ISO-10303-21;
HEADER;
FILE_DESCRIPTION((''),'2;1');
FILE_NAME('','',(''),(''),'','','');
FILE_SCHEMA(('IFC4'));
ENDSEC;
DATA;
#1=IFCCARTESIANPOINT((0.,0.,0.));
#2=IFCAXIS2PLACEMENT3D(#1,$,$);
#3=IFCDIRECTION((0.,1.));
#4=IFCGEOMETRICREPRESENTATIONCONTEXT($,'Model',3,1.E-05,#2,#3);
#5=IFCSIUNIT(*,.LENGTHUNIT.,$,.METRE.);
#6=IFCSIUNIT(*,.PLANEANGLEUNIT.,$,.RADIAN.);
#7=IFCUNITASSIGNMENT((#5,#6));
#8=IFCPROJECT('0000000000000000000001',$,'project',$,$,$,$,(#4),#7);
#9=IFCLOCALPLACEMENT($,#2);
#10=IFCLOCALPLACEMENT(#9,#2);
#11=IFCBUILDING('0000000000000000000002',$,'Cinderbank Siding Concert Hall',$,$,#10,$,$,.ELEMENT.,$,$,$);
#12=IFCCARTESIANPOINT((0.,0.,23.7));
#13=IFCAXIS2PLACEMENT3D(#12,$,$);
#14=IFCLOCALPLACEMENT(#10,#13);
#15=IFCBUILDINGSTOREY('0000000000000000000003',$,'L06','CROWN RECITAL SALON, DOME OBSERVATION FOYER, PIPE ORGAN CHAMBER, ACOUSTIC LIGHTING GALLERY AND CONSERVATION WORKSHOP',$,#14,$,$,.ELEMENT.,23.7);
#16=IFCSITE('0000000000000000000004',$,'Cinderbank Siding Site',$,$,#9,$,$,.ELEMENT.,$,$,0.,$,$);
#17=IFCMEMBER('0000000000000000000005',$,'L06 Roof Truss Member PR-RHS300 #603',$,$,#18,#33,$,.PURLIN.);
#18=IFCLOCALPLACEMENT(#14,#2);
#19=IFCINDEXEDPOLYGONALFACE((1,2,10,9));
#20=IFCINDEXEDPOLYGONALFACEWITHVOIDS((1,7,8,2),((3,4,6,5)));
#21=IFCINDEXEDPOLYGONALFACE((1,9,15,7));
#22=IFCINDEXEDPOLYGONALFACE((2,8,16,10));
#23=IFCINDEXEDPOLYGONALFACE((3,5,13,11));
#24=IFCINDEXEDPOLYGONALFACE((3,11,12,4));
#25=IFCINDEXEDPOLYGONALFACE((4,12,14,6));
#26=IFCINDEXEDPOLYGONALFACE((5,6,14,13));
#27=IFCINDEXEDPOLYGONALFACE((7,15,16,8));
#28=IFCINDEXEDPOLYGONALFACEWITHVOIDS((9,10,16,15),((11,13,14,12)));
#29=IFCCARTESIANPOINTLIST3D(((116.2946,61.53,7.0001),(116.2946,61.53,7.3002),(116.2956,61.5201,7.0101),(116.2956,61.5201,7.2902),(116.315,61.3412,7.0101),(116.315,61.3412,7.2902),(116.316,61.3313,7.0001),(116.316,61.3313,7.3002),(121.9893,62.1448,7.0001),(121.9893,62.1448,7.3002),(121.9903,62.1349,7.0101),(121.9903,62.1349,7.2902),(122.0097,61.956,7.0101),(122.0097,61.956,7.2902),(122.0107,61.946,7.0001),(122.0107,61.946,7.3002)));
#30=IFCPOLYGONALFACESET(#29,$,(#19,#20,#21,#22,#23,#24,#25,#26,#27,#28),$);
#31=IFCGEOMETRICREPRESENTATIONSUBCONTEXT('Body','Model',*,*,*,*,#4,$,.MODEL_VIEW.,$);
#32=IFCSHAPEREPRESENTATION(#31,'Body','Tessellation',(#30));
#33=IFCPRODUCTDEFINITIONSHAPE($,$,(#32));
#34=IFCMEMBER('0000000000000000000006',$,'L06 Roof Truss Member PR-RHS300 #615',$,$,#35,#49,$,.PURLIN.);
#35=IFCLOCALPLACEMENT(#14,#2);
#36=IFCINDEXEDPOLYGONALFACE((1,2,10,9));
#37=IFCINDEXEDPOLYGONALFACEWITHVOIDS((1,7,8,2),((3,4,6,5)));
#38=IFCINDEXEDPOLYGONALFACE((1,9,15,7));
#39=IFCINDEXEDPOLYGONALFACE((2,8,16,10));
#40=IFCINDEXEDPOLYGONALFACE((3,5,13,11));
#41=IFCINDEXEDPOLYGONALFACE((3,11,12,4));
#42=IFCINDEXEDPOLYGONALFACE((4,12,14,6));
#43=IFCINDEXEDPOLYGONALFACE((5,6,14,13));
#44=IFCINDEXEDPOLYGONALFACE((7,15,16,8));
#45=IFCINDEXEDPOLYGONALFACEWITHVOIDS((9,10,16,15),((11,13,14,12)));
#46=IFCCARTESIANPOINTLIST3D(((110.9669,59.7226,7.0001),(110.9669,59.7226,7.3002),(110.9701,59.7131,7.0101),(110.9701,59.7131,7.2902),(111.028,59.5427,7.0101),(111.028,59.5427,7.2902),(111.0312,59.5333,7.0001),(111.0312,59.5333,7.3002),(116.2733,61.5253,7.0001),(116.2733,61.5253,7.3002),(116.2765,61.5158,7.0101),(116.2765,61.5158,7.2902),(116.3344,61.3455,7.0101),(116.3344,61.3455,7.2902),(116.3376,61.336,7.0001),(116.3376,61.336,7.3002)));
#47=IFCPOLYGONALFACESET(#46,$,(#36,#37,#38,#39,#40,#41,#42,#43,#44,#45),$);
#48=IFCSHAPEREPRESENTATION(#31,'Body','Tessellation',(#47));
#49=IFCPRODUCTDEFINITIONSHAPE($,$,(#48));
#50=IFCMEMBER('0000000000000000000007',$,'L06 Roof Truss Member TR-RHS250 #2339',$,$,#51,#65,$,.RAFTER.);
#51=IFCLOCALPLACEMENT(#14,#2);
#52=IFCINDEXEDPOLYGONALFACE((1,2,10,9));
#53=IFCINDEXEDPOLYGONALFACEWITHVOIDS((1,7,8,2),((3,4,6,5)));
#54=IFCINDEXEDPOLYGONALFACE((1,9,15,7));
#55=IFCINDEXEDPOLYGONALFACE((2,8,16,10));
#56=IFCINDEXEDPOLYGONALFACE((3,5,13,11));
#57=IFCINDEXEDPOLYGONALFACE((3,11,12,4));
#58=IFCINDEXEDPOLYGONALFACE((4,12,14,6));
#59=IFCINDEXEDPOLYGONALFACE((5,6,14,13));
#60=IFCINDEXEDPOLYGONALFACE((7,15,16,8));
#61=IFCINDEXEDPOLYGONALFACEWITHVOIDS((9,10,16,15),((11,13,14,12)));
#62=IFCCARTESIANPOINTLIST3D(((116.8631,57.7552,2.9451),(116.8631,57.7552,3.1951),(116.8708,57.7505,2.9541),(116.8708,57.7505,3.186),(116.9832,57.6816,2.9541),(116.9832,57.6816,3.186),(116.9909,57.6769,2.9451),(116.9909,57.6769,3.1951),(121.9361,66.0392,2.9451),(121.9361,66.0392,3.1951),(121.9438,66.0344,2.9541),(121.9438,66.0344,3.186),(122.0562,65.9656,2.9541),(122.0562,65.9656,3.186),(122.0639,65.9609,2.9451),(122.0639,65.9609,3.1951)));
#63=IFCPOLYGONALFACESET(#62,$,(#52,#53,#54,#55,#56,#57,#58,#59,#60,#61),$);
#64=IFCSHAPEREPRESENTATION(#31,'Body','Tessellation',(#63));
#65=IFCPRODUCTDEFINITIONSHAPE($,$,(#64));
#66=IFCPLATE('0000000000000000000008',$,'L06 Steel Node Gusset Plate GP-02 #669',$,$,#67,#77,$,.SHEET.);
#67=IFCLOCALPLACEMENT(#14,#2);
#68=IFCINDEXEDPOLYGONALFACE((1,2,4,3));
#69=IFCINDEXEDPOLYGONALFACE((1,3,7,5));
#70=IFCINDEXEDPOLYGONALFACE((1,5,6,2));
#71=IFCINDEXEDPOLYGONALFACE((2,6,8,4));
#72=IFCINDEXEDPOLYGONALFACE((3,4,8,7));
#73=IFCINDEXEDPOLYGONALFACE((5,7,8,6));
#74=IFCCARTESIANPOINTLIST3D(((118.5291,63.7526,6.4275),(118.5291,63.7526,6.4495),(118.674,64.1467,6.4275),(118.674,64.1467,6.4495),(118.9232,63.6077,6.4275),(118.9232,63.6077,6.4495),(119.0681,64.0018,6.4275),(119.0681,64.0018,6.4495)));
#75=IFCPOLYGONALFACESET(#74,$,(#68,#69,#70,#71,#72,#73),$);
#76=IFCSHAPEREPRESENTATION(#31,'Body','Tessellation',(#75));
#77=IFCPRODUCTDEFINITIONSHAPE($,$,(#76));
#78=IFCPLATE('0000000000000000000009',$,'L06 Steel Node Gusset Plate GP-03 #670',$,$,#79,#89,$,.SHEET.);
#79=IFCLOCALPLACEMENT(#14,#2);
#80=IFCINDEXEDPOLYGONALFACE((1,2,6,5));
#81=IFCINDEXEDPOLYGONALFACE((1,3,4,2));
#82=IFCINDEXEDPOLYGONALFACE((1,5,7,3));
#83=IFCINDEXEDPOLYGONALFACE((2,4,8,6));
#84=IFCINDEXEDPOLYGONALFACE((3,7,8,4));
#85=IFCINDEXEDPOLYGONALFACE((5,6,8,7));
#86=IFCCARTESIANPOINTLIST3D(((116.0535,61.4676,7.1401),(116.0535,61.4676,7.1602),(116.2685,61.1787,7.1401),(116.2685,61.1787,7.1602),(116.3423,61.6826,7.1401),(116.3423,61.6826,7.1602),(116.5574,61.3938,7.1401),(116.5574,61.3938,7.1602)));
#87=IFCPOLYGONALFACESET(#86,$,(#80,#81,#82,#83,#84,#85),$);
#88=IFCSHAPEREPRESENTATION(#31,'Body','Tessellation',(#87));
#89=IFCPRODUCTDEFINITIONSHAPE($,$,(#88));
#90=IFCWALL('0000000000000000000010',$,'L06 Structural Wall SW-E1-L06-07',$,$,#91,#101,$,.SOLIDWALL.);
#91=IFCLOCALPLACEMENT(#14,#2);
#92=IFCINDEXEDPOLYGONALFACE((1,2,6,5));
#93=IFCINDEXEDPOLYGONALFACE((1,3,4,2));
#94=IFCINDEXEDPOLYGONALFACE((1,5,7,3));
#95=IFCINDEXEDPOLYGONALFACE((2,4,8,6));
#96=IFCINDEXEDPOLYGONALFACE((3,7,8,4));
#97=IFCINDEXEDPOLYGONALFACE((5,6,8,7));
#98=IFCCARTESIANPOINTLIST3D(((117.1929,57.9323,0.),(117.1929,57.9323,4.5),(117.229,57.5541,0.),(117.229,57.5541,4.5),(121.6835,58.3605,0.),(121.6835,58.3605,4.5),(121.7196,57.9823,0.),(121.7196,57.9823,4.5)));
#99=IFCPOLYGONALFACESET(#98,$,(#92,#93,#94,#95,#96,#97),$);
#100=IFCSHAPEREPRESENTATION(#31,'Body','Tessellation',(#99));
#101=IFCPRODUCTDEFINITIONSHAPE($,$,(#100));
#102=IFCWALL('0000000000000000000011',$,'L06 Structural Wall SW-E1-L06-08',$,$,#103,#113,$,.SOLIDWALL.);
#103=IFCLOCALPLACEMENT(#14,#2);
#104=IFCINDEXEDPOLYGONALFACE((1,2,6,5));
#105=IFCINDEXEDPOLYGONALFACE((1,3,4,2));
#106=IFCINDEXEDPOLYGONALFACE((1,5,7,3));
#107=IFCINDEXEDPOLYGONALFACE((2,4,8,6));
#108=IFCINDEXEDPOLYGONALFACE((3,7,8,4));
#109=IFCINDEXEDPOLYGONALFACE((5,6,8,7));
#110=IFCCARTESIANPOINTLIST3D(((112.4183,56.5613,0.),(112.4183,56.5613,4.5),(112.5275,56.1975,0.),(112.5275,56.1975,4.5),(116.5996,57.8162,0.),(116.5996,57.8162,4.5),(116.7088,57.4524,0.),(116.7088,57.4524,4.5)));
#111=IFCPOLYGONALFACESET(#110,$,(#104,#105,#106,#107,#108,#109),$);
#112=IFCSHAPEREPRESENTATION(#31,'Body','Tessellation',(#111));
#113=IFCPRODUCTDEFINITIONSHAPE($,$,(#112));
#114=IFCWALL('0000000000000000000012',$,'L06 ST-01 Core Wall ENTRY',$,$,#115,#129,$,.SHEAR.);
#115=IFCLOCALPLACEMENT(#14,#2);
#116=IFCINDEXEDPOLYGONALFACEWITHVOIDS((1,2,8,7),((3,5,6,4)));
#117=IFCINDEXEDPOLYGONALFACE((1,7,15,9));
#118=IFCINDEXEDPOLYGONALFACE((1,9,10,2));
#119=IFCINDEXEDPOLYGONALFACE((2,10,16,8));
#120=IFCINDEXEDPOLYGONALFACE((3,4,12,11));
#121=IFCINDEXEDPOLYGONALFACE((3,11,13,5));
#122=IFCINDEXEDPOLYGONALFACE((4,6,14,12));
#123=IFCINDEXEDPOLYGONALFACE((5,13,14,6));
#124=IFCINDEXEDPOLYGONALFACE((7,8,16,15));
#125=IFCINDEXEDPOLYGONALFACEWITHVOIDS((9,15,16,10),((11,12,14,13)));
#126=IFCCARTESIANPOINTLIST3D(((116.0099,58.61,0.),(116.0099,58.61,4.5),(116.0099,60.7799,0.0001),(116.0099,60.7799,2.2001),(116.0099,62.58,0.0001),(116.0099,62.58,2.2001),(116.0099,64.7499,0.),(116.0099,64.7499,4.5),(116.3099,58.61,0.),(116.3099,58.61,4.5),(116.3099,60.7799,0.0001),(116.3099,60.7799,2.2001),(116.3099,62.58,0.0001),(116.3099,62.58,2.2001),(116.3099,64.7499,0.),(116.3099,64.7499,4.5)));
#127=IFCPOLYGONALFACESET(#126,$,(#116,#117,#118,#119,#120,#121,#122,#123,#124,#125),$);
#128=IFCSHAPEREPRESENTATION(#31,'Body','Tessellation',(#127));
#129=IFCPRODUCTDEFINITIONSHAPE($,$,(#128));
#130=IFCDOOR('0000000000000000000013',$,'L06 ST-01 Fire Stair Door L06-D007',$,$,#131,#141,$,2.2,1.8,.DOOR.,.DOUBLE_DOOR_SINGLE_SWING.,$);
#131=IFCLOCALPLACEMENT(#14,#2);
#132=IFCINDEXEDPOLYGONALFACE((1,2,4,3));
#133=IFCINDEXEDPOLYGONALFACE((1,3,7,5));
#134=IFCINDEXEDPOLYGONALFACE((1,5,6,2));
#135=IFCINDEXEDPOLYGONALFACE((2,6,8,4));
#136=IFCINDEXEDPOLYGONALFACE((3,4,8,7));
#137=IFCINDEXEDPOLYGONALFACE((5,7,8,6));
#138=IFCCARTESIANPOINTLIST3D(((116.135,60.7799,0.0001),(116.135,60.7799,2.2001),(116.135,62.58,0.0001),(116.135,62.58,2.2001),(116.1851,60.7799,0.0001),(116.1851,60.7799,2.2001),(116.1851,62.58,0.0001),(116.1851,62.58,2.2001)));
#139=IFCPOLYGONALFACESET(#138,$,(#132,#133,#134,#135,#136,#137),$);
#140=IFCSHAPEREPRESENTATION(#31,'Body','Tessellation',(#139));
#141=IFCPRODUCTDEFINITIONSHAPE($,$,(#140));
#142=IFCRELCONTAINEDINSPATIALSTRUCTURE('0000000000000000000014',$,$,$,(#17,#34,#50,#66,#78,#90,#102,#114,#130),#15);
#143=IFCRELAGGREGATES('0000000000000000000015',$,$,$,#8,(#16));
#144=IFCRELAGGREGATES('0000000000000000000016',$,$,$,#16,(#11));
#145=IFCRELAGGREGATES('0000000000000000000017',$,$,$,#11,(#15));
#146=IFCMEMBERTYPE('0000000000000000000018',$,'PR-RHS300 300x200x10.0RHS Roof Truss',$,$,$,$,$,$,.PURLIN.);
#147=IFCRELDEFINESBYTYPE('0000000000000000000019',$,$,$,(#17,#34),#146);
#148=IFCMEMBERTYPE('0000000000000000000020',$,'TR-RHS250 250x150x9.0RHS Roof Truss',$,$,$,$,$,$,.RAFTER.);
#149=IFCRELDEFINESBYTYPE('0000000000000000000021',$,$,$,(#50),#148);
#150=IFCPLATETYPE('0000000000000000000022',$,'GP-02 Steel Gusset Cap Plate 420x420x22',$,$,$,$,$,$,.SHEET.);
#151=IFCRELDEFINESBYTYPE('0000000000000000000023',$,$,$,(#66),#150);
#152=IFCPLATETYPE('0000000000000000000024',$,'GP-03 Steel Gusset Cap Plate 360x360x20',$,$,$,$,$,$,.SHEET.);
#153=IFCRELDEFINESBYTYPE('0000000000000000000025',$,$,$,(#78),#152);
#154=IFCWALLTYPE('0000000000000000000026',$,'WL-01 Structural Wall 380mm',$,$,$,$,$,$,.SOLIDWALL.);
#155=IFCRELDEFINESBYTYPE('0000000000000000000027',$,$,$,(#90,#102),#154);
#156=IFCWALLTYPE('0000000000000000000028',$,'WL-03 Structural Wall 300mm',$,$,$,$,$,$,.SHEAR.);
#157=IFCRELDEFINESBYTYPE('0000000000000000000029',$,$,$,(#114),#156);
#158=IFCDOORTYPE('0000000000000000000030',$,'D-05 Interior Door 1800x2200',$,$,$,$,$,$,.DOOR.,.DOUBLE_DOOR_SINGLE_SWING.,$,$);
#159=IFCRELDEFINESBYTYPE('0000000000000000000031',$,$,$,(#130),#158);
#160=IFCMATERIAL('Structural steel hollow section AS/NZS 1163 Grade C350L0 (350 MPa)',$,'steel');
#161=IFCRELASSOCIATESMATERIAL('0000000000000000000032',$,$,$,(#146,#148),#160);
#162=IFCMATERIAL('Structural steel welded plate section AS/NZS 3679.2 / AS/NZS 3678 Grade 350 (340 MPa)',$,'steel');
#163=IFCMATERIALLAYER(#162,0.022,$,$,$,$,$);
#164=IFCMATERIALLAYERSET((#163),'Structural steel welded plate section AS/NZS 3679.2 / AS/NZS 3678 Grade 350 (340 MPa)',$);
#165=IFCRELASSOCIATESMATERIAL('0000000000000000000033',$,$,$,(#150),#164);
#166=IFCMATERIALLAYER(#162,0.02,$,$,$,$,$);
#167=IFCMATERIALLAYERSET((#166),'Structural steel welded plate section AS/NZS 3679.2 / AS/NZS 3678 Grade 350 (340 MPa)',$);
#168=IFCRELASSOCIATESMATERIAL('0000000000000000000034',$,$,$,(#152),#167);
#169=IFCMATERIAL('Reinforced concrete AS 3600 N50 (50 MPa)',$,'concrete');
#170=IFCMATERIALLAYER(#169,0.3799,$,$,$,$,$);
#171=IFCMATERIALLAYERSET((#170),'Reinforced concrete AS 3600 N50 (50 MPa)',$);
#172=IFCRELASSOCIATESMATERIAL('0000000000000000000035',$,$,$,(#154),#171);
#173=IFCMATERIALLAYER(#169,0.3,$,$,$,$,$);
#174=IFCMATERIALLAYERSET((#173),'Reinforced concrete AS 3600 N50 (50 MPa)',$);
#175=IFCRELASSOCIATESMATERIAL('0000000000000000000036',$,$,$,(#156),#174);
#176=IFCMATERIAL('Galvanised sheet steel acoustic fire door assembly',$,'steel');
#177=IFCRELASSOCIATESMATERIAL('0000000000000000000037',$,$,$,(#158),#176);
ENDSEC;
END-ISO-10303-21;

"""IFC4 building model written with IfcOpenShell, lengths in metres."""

from ifc_helpers import new_model, si_unit, direction, frame, frame_2d, origin, origin_2d, place, context, subcontext, project, spatial, rectangle, hollow_rectangle, extrude, material, layer, layer_set, material_profile, profile_set, type_object, element, fill, save


model = new_model("IFC4")

# Units and contexts
model_context = context("Model", 3, precision=1e-05, world=origin(), true_north=direction((0.0, 1.0)))
body_context = subcontext(model_context, "Body", "Model", "MODEL_VIEW")
ifc_project = project(units=[si_unit("LENGTHUNIT", "METRE"), si_unit("PLANEANGLEUNIT", "RADIAN")], contexts=[model_context])

# Site, building, storey
site_placement = place(None, origin())
site = spatial("IfcSite", under=ifc_project, at=site_placement, Name="Cinderbank Siding Site", CompositionType="ELEMENT", RefElevation=0.0)
building_placement = place(site_placement, origin())
building = spatial("IfcBuilding", under=site, at=building_placement, Name="Cinderbank Siding Concert Hall", CompositionType="ELEMENT")
storey_placement = place(building_placement, frame((0.0, 0.0, 23.7)))
storey = spatial("IfcBuildingStorey", under=building, at=storey_placement, Name="L06", Description="CROWN RECITAL SALON, DOME OBSERVATION FOYER, PIPE ORGAN CHAMBER, ACOUSTIC LIGHTING GALLERY AND CONSERVATION WORKSHOP", CompositionType="ELEMENT", Elevation=23.7)

# Shared definitions
ifc_material_1 = material(Name="Reinforced concrete AS 3600 N50 (50 MPa)", Category="concrete")

# Shared definitions
ifc_material_2 = material(Name="Structural steel welded plate section AS/NZS 3679.2 / AS/NZS 3678 Grade 350 (340 MPa)", Category="steel")

# Members
ifc_material_3 = material(Name="Structural steel hollow section AS/NZS 1163 Grade C350L0 (350 MPa)", Category="steel")
ifc_material_profile_1 = material_profile(ifc_material_3, hollow_rectangle(XDim=0.2, YDim=0.3, WallThickness=0.01, at=origin_2d()), Name="300x200x10.0RHS", Category="LoadBearing")
ifc_profile_set_1 = profile_set([ifc_material_profile_1], Name="Structural steel hollow section AS/NZS 1163 Grade C350L0 (350 MPa)")
member_type_1 = type_object("IfcMemberType", Name="PR-RHS300 300x200x10.0RHS Roof Truss", PredefinedType="PURLIN", material=ifc_profile_set_1)
member_1_placement = place(storey_placement, frame((122.0, 62.0454, 7.1501), z_axis=(-0.994224, -0.107329, 0.0), x_axis=(0.107329, -0.994224, 0.0)))
element("IfcMember", 1, at=member_1_placement, inside=storey, type_object=member_type_1, Name="L06 Roof Truss Member PR-RHS300 #603", PredefinedType="PURLIN", context=body_context, shape_type="SweptSolid", body=[
    extrude(hollow_rectangle(XDim=0.2, YDim=0.3, WallThickness=0.01, at=origin_2d()), origin(), (0.0, 0.0, 1.0), 5.7278),
])
member_2_placement = place(storey_placement, frame((116.3054, 61.4307, 7.1501), z_axis=(-0.946851, -0.321672, 0.0), x_axis=(0.321672, -0.946851, 0.0)))
element("IfcMember", 2, at=member_2_placement, inside=storey, type_object=member_type_1, Name="L06 Roof Truss Member PR-RHS300 #615", PredefinedType="PURLIN", context=body_context, shape_type="SweptSolid", body=[
    extrude(hollow_rectangle(XDim=0.2, YDim=0.3, WallThickness=0.01, at=origin_2d()), origin(), (0.0, 0.0, 1.0), 5.6042),
])
ifc_material_profile_2 = material_profile(ifc_material_3, hollow_rectangle(XDim=0.1499, YDim=0.25, WallThickness=0.009, at=origin_2d()), Name="250x150x9.0RHS", Category="LoadBearing")
ifc_profile_set_2 = profile_set([ifc_material_profile_2], Name="Structural steel hollow section AS/NZS 1163 Grade C350L0 (350 MPa)")
member_type_2 = type_object("IfcMemberType", Name="TR-RHS250 250x150x9.0RHS Roof Truss", PredefinedType="RAFTER", material=ifc_profile_set_2)
member_3_placement = place(storey_placement, frame((116.927, 57.7161, 3.0701), z_axis=(0.522244, 0.852796, 0.0), x_axis=(-0.852796, 0.522244, 0.0)))
element("IfcMember", 3, at=member_3_placement, inside=storey, type_object=member_type_2, Name="L06 Roof Truss Member TR-RHS250 #2339", PredefinedType="RAFTER", context=body_context, shape_type="SweptSolid", body=[
    extrude(hollow_rectangle(XDim=0.1499, YDim=0.25, WallThickness=0.009, at=origin_2d()), origin(), (0.0, 0.0, 1.0), 9.7139),
])

# Plates
ifc_layer_1 = layer(ifc_material_2, 0.022)
ifc_layer_set_1 = layer_set([ifc_layer_1], Name="Structural steel welded plate section AS/NZS 3679.2 / AS/NZS 3678 Grade 350 (340 MPa)")
plate_type_1 = type_object("IfcPlateType", Name="GP-02 Steel Gusset Cap Plate 420x420x22", PredefinedType="SHEET", material=ifc_layer_set_1)
plate_1_placement = place(storey_placement, frame((118.7986, 63.8772, 6.4275), z_axis=(0.0, 0.0, 1.0), x_axis=(0.938553, -0.345134, 0.0)))
element("IfcPlate", 4, at=plate_1_placement, inside=storey, type_object=plate_type_1, Name="L06 Steel Node Gusset Plate GP-02 #669", PredefinedType="SHEET", context=body_context, shape_type="SweptSolid", body=[
    extrude(rectangle(XDim=0.4199, YDim=0.4199, at=origin_2d()), origin(), (0.0, 0.0, 1.0), 0.022),
])
ifc_layer_2 = layer(ifc_material_2, 0.02)
ifc_layer_set_2 = layer_set([ifc_layer_2], Name="Structural steel welded plate section AS/NZS 3679.2 / AS/NZS 3678 Grade 350 (340 MPa)")
plate_type_2 = type_object("IfcPlateType", Name="GP-03 Steel Gusset Cap Plate 360x360x20", PredefinedType="SHEET", material=ifc_layer_set_2)
plate_2_placement = place(storey_placement, frame((116.3054, 61.4307, 7.1401), z_axis=(0.0, 0.0, 1.0), x_axis=(-0.802088, -0.597205, 0.0)))
element("IfcPlate", 5, at=plate_2_placement, inside=storey, type_object=plate_type_2, Name="L06 Steel Node Gusset Plate GP-03 #670", PredefinedType="SHEET", context=body_context, shape_type="SweptSolid", body=[
    extrude(rectangle(XDim=0.3601, YDim=0.3601, at=origin_2d()), origin(), (0.0, 0.0, 1.0), 0.02),
])

# Walls
ifc_layer_3 = layer(ifc_material_1, 0.3799)
ifc_layer_set_3 = layer_set([ifc_layer_3], Name="Reinforced concrete AS 3600 N50 (50 MPa)")
wall_type_1 = type_object("IfcWallType", Name="WL-01 Structural Wall 380mm", PredefinedType="SOLIDWALL", material=ifc_layer_set_3)
wall_1_placement = place(storey_placement, frame((121.7014, 58.1714, 0.0), z_axis=(0.0, 0.0, 1.0), x_axis=(-0.995484, -0.094927, 0.0)))
element("IfcWall", 6, at=wall_1_placement, inside=storey, type_object=wall_type_1, Name="L06 Structural Wall SW-E1-L06-07", PredefinedType="SOLIDWALL", context=body_context, shape_type="SweptSolid", body=[
    extrude(rectangle(XDim=4.511, YDim=0.3799, at=frame_2d((2.2554, 0.0))), origin(), (0.0, 0.0, 1.0), 4.5),
])
wall_2_placement = place(storey_placement, frame((116.6541, 57.6343, 0.0), z_axis=(0.0, 0.0, 1.0), x_axis=(-0.957792, -0.287461, 0.0)))
element("IfcWall", 7, at=wall_2_placement, inside=storey, type_object=wall_type_1, Name="L06 Structural Wall SW-E1-L06-08", PredefinedType="SOLIDWALL", context=body_context, shape_type="SweptSolid", body=[
    extrude(rectangle(XDim=4.3655, YDim=0.3799, at=frame_2d((2.1826, 0.0))), origin(), (0.0, 0.0, 1.0), 4.5),
])

# Wall, opening, door
ifc_layer_4 = layer(ifc_material_1, 0.3)
ifc_layer_set_4 = layer_set([ifc_layer_4], Name="Reinforced concrete AS 3600 N50 (50 MPa)")
wall_type_2 = type_object("IfcWallType", Name="WL-03 Structural Wall 300mm", PredefinedType="SHEAR", material=ifc_layer_set_4)
wall_3_placement = place(storey_placement, frame((116.1599, 58.6101, 0.0), z_axis=(0.0, 0.0, 1.0), x_axis=(0.0, 1.0, 0.0)))
wall_3 = element("IfcWall", 8, at=wall_3_placement, inside=storey, type_object=wall_type_2, Name="L06 ST-01 Core Wall ENTRY", PredefinedType="SHEAR", context=body_context, shape_type="SweptSolid", body=[
    extrude(rectangle(XDim=6.1399, YDim=0.3, at=frame_2d((3.0698, 0.0))), origin(), (0.0, 0.0, 1.0), 4.5),
])
opening_placement = place(wall_3_placement, frame((2.1699, 0.0, 0.0)))
opening = element("IfcOpeningElement", 9, at=opening_placement, cuts=wall_3, PredefinedType="OPENING", context=body_context, shape_type="SweptSolid", body=[
    extrude(rectangle(XDim=1.8, YDim=2.2, at=frame_2d((0.8999, 1.1001))), frame((0.0, 0.1621, 0.0), z_axis=(0.0, -1.0, 0.0), x_axis=(1.0, 0.0, 0.0)), (0.0, 0.0, 1.0), 0.324),
])
ifc_material_4 = material(Name="Galvanised sheet steel acoustic fire door assembly", Category="steel")
door_type = type_object("IfcDoorType", Name="D-05 Interior Door 1800x2200", OperationType="DOUBLE_DOOR_SINGLE_SWING", PredefinedType="DOOR", material=ifc_material_4)
door_placement = place(opening_placement, origin())
door = element("IfcDoor", 10, at=door_placement, inside=storey, type_object=door_type, Name="L06 ST-01 Fire Stair Door L06-D007", OperationType="DOUBLE_DOOR_SINGLE_SWING", OverallHeight=2.2, OverallWidth=1.8, PredefinedType="DOOR", context=body_context, shape_type="SweptSolid", body=[
    extrude(rectangle(XDim=1.8, YDim=2.2, at=frame_2d((0.8999, 1.1001))), frame((0.0, 0.0249, 0.0), z_axis=(0.0, -1.0, 0.0), x_axis=(1.0, 0.0, 0.0)), (0.0, 0.0, 1.0), 0.05),
])
fill(opening, door)

save(model, "model.ifc")
